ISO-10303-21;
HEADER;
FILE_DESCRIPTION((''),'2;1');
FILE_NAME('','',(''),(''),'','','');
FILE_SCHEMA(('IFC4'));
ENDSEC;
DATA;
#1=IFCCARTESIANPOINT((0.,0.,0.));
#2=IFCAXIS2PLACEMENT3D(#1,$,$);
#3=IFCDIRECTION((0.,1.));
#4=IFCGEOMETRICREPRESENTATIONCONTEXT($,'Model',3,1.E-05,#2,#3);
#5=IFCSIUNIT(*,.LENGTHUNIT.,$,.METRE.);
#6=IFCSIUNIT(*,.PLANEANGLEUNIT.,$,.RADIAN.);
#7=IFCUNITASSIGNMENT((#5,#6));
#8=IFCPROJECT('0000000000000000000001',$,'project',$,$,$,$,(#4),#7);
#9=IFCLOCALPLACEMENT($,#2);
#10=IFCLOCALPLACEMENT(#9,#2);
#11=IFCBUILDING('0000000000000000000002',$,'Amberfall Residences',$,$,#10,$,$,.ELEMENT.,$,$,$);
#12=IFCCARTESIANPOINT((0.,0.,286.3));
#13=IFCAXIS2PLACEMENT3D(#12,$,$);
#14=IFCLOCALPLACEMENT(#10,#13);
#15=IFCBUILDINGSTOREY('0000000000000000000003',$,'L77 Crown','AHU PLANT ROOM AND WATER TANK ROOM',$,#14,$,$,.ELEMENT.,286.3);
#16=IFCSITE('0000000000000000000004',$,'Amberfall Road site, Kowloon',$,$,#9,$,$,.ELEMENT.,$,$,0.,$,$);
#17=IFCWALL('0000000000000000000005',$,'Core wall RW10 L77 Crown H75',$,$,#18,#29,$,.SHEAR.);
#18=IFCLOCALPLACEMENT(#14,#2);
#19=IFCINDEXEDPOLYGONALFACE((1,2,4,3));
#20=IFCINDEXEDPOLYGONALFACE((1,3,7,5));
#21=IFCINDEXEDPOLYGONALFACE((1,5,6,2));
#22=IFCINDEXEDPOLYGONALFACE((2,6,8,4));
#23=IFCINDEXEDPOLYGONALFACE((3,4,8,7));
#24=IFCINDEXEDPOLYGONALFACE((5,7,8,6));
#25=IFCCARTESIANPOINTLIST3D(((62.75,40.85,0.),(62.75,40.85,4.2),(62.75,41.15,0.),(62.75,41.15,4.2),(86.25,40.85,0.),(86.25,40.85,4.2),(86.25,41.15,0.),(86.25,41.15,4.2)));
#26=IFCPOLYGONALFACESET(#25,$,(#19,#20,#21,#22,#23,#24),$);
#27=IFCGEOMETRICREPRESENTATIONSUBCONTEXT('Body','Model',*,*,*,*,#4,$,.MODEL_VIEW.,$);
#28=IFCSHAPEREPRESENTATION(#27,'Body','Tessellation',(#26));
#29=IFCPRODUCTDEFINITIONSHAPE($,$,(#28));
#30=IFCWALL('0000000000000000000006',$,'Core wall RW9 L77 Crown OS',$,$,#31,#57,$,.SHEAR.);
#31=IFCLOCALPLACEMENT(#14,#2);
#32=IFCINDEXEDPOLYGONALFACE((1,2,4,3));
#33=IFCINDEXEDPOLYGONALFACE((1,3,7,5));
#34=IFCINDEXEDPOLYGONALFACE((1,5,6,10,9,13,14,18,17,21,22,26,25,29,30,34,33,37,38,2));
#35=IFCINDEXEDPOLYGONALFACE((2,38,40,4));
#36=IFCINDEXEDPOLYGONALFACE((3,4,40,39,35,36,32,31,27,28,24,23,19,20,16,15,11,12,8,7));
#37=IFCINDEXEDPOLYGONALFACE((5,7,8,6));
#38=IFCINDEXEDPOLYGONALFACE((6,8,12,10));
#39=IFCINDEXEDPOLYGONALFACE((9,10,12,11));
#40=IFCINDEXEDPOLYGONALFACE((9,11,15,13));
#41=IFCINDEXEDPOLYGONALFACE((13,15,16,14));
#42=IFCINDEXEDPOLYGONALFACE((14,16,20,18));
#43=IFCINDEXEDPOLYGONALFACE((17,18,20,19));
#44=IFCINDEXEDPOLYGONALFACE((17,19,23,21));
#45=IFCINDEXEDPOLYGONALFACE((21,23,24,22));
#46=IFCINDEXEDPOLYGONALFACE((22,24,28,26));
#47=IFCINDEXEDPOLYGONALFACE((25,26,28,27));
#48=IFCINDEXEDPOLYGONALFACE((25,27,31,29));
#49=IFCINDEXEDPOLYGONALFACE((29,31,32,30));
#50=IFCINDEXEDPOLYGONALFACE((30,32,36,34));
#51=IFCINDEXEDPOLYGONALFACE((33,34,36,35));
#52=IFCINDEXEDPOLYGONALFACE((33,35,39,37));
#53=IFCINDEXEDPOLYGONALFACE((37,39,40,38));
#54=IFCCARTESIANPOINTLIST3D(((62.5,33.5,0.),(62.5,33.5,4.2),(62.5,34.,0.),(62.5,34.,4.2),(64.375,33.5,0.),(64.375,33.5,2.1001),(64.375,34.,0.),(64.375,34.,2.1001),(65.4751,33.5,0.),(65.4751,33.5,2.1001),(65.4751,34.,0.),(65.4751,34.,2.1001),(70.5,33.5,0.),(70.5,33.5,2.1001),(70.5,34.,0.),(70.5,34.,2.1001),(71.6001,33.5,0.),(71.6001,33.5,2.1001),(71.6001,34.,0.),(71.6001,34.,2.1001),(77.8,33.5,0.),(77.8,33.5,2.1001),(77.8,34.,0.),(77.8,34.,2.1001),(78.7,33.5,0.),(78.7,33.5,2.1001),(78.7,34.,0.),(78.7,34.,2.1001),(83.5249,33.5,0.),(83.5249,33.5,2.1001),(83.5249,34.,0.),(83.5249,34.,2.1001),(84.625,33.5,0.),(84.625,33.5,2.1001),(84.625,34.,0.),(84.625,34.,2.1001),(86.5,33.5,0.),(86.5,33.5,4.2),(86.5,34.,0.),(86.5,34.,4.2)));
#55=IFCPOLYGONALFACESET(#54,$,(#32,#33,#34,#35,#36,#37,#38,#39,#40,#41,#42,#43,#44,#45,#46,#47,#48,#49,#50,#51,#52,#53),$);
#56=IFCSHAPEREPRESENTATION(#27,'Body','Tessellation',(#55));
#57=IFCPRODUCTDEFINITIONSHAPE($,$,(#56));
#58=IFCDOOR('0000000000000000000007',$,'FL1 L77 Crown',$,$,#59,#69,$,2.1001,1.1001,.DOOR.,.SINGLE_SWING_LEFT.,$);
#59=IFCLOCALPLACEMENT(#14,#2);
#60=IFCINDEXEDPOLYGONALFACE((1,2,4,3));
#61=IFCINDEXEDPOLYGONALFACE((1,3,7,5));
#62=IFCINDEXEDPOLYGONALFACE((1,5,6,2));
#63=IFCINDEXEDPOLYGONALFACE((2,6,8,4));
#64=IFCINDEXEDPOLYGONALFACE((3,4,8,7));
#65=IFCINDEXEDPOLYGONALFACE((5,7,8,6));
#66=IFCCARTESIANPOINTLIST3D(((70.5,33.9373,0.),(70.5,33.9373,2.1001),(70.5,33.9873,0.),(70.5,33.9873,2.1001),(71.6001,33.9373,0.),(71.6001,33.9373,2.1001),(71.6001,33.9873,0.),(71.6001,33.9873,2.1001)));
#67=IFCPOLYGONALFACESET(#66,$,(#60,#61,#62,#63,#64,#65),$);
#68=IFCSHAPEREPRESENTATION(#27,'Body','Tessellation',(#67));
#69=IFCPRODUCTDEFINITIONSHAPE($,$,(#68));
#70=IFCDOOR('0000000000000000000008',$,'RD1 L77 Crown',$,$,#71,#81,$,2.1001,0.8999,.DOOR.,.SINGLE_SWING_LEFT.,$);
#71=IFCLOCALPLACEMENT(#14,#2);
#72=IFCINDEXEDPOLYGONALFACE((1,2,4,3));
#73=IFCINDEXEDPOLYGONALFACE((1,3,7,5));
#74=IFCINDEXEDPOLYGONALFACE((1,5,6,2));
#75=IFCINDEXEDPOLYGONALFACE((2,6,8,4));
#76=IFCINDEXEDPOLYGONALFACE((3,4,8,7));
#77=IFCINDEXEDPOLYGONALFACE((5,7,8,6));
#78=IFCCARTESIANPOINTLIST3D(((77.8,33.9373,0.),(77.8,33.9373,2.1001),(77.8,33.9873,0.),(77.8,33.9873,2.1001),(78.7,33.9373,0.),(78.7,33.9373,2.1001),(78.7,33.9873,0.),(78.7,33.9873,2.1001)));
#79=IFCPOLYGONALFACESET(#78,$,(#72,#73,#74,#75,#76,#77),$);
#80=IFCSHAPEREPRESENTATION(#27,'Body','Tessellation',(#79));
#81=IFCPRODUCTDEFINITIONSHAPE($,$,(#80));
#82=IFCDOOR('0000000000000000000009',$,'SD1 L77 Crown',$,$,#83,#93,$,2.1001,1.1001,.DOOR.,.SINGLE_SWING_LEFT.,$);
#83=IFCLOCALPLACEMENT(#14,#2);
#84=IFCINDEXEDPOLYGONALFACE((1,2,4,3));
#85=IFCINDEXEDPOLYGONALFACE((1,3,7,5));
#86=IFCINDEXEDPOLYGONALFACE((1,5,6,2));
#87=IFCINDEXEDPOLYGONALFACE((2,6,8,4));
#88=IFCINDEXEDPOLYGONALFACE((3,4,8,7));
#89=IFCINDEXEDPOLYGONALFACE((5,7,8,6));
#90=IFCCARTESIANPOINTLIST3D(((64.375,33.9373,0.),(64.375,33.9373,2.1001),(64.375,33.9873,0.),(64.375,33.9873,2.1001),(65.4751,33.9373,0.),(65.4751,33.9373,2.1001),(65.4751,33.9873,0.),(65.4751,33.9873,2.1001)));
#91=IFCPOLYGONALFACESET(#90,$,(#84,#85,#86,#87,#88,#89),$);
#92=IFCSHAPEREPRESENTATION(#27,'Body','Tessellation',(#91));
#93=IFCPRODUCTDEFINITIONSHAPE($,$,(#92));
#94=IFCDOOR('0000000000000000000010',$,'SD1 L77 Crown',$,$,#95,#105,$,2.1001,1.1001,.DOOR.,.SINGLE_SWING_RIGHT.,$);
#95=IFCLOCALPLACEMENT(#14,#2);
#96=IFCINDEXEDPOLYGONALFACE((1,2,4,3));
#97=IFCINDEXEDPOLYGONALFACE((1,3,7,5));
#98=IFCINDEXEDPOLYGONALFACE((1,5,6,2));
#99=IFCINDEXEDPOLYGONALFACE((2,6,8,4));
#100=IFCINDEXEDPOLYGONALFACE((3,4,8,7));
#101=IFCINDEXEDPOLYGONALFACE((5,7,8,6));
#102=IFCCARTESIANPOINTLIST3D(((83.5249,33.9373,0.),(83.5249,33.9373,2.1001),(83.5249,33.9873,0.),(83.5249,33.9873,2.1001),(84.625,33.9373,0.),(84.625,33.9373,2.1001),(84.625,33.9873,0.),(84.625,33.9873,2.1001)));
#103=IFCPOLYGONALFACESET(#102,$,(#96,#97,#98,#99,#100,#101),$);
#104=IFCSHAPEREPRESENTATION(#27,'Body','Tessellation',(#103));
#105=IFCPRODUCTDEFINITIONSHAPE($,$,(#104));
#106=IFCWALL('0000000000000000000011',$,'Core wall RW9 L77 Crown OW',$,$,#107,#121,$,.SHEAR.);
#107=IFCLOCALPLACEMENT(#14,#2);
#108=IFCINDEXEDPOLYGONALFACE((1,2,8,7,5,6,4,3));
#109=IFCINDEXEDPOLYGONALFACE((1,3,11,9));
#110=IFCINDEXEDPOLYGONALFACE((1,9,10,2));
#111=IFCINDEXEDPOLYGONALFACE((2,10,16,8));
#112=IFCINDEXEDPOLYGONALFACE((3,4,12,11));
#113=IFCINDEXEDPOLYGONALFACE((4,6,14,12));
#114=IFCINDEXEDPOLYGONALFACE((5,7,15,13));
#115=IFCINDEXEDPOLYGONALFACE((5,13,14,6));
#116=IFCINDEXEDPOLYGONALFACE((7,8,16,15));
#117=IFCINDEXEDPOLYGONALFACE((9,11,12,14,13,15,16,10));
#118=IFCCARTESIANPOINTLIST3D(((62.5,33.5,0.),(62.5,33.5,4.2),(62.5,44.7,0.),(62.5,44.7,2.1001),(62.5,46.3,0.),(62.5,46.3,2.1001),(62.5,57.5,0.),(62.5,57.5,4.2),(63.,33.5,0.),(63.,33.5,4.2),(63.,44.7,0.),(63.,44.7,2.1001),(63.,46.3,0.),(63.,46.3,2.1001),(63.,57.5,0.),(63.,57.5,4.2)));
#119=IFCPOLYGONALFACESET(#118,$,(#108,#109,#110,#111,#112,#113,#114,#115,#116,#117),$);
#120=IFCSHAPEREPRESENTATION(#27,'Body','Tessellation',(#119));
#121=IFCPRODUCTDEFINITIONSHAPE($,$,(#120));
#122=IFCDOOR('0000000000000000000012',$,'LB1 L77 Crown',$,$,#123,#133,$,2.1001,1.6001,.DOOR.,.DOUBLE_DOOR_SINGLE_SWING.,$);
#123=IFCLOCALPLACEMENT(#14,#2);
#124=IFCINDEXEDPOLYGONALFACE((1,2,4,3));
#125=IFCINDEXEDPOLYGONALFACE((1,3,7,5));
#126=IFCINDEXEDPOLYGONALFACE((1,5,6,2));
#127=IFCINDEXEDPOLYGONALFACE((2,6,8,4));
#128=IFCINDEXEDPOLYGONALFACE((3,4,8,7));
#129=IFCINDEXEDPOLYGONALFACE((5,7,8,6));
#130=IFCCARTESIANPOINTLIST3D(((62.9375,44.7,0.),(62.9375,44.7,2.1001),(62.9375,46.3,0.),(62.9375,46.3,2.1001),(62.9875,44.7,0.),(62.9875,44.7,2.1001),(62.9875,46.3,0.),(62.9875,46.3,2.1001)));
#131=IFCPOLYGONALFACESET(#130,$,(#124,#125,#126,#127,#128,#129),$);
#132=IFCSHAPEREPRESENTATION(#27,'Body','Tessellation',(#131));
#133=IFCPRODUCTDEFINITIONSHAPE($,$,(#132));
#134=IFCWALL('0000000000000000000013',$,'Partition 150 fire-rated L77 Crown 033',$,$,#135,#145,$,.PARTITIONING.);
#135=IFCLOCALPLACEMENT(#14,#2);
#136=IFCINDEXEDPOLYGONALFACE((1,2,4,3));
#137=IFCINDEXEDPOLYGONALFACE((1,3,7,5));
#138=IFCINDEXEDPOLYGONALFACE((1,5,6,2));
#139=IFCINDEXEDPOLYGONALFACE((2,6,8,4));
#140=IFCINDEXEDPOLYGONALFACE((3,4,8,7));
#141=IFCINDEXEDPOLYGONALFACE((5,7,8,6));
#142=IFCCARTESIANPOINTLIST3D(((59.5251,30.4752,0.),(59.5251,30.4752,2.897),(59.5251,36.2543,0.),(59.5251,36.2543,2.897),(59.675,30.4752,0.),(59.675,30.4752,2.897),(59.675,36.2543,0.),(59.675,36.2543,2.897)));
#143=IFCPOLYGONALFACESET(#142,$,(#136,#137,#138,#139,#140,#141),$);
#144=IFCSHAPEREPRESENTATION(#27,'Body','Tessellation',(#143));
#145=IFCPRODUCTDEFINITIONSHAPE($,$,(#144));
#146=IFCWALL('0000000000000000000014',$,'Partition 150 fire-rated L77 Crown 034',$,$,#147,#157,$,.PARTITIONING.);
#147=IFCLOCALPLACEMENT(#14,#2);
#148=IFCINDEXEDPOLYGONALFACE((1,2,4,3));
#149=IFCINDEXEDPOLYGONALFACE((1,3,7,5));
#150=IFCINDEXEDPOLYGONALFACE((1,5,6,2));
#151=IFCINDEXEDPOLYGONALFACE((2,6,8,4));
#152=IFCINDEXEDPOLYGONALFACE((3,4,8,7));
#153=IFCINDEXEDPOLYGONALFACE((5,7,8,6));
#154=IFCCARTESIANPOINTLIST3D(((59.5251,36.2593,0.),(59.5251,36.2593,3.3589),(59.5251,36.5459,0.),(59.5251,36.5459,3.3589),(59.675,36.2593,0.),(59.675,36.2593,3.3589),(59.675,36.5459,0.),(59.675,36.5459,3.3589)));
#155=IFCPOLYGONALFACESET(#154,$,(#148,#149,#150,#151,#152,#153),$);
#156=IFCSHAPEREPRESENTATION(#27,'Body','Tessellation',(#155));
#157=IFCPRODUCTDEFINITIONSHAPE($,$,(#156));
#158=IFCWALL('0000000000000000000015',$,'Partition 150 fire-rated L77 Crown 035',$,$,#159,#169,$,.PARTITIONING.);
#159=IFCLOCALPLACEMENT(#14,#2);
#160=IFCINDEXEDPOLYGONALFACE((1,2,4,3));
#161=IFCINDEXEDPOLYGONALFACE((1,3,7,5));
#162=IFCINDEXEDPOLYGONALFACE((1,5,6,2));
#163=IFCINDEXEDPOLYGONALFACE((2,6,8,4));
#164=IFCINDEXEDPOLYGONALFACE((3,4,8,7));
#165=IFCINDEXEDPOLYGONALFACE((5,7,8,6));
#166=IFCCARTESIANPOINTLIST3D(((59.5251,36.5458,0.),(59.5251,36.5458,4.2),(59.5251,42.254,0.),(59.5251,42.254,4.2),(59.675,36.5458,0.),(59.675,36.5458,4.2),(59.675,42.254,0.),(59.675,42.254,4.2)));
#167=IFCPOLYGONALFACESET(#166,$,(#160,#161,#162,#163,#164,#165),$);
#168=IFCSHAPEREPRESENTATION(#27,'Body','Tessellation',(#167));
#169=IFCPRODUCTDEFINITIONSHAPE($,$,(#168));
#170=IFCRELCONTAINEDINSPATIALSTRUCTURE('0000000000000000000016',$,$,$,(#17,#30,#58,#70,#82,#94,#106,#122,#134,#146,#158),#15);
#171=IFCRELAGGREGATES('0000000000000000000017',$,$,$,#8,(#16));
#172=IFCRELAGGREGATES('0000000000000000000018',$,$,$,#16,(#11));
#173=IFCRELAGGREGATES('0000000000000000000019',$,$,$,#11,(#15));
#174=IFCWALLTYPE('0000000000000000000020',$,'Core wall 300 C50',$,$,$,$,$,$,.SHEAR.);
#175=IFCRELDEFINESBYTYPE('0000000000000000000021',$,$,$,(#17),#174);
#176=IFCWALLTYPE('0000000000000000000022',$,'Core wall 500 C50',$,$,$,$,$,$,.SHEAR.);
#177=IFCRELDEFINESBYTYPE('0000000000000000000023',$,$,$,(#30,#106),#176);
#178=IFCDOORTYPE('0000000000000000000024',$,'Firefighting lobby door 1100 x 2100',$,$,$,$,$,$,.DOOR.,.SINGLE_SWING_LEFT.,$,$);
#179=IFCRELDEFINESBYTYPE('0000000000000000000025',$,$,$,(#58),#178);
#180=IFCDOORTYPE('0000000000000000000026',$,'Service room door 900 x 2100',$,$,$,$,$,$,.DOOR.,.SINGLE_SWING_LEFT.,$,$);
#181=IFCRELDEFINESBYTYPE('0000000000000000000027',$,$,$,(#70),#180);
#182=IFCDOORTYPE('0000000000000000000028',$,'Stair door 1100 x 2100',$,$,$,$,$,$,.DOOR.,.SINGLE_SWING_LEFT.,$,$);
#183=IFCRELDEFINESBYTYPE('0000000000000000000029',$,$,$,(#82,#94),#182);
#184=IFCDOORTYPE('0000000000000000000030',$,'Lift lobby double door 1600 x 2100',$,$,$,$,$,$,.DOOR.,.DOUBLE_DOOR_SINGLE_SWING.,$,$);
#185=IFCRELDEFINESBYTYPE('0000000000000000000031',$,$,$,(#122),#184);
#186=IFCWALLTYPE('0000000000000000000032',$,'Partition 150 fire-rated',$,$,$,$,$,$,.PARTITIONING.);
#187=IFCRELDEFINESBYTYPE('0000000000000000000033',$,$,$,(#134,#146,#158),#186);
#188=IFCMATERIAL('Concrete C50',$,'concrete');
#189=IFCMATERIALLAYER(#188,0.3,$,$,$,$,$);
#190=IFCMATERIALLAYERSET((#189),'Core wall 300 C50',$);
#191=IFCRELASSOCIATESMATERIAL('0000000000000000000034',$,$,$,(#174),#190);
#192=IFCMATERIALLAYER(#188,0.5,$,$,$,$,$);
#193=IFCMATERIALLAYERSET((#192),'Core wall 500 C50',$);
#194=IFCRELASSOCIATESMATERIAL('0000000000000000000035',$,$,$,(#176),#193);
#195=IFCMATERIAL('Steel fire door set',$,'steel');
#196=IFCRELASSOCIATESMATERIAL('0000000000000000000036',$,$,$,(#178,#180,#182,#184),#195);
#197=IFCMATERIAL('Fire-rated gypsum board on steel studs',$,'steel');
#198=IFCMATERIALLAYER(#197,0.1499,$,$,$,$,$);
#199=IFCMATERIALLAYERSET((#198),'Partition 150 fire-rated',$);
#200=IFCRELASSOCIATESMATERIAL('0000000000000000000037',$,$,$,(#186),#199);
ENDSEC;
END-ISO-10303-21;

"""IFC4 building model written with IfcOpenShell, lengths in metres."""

from ifc_helpers import new_model, si_unit, direction, frame, frame_2d, origin, place, context, subcontext, project, spatial, rectangle, extrude, material, layer, layer_set, type_object, element, fill, save


model = new_model("IFC4")

# Units and contexts
model_context = context("Model", 3, precision=1e-05, world=origin(), true_north=direction((0.0, 1.0)))
body_context = subcontext(model_context, "Body", "Model", "MODEL_VIEW")
ifc_project = project(units=[si_unit("LENGTHUNIT", "METRE"), si_unit("PLANEANGLEUNIT", "RADIAN")], contexts=[model_context])

# Site, building, storey
site_placement = place(None, origin())
site = spatial("IfcSite", under=ifc_project, at=site_placement, Name="Amberfall Road site, Kowloon", CompositionType="ELEMENT", RefElevation=0.0)
building_placement = place(site_placement, origin())
building = spatial("IfcBuilding", under=site, at=building_placement, Name="Amberfall Residences", CompositionType="ELEMENT")
storey_placement = place(building_placement, frame((0.0, 0.0, 286.3)))
storey = spatial("IfcBuildingStorey", under=building, at=storey_placement, Name="L77 Crown", Description="AHU PLANT ROOM AND WATER TANK ROOM", CompositionType="ELEMENT", Elevation=286.3)

# Wall
ifc_material_1 = material(Name="Concrete C50", Category="concrete")
ifc_layer_1 = layer(ifc_material_1, 0.3)
ifc_layer_set_1 = layer_set([ifc_layer_1], Name="Core wall 300 C50")
wall_type_1 = type_object("IfcWallType", Name="Core wall 300 C50", PredefinedType="SHEAR", material=ifc_layer_set_1)
wall_1_placement = place(storey_placement, frame((62.75, 41.0, 0.0), z_axis=(0.0, 0.0, 1.0), x_axis=(1.0, 0.0, 0.0)))
element("IfcWall", 1, at=wall_1_placement, inside=storey, type_object=wall_type_1, Name="Core wall RW10 L77 Crown H75", PredefinedType="SHEAR", context=body_context, shape_type="SweptSolid", body=[
    extrude(rectangle(XDim=23.5, YDim=0.3, at=frame_2d((11.75, 0.0))), origin(), (0.0, 0.0, 1.0), 4.2),
])

# Wall, openings, doors
ifc_layer_2 = layer(ifc_material_1, 0.5)
ifc_layer_set_2 = layer_set([ifc_layer_2], Name="Core wall 500 C50")
wall_type_2 = type_object("IfcWallType", Name="Core wall 500 C50", PredefinedType="SHEAR", material=ifc_layer_set_2)
wall_2_placement = place(storey_placement, frame((62.5, 33.75, 0.0), z_axis=(0.0, 0.0, 1.0), x_axis=(1.0, 0.0, 0.0)))
wall_2 = element("IfcWall", 2, at=wall_2_placement, inside=storey, type_object=wall_type_2, Name="Core wall RW9 L77 Crown OS", PredefinedType="SHEAR", context=body_context, shape_type="SweptSolid", body=[
    extrude(rectangle(XDim=24.0, YDim=0.5, at=frame_2d((12.0, 0.0))), origin(), (0.0, 0.0, 1.0), 4.2),
])
opening_1_placement = place(wall_2_placement, frame((1.875, 0.0, 0.0)))
opening_1 = element("IfcOpeningElement", 3, at=opening_1_placement, cuts=wall_2, PredefinedType="OPENING", context=body_context, shape_type="SweptSolid", body=[
    extrude(rectangle(XDim=1.1001, YDim=2.1001, at=frame_2d((0.55, 1.05))), frame((0.0, 0.26, 0.0), z_axis=(0.0, -1.0, 0.0), x_axis=(1.0, 0.0, 0.0)), (0.0, 0.0, 1.0), 0.52),
])
opening_2_placement = place(wall_2_placement, frame((21.0249, 0.0, 0.0)))
opening_2 = element("IfcOpeningElement", 4, at=opening_2_placement, cuts=wall_2, PredefinedType="OPENING", context=body_context, shape_type="SweptSolid", body=[
    extrude(rectangle(XDim=1.1001, YDim=2.1001, at=frame_2d((0.55, 1.05))), frame((0.0, 0.26, 0.0), z_axis=(0.0, -1.0, 0.0), x_axis=(1.0, 0.0, 0.0)), (0.0, 0.0, 1.0), 0.52),
])
opening_3_placement = place(wall_2_placement, frame((8.0, 0.0, 0.0)))
opening_3 = element("IfcOpeningElement", 5, at=opening_3_placement, cuts=wall_2, PredefinedType="OPENING", context=body_context, shape_type="SweptSolid", body=[
    extrude(rectangle(XDim=1.1001, YDim=2.1001, at=frame_2d((0.55, 1.05))), frame((0.0, 0.26, 0.0), z_axis=(0.0, -1.0, 0.0), x_axis=(1.0, 0.0, 0.0)), (0.0, 0.0, 1.0), 0.52),
])
opening_4_placement = place(wall_2_placement, frame((15.3, 0.0, 0.0)))
opening_4 = element("IfcOpeningElement", 6, at=opening_4_placement, cuts=wall_2, PredefinedType="OPENING", context=body_context, shape_type="SweptSolid", body=[
    extrude(rectangle(XDim=0.8999, YDim=2.1001, at=frame_2d((0.45, 1.05))), frame((0.0, 0.26, 0.0), z_axis=(0.0, -1.0, 0.0), x_axis=(1.0, 0.0, 0.0)), (0.0, 0.0, 1.0), 0.52),
])
ifc_material_2 = material(Name="Steel fire door set", Category="steel")
door_type_1 = type_object("IfcDoorType", Name="Firefighting lobby door 1100 x 2100", OperationType="SINGLE_SWING_LEFT", PredefinedType="DOOR", material=ifc_material_2)
door_1_placement = place(opening_3_placement, origin())
door_1 = element("IfcDoor", 7, at=door_1_placement, inside=storey, type_object=door_type_1, Name="FL1 L77 Crown", OperationType="SINGLE_SWING_LEFT", OverallHeight=2.1001, OverallWidth=1.1001, PredefinedType="DOOR", context=body_context, shape_type="SweptSolid", body=[
    extrude(rectangle(XDim=1.1001, YDim=2.1001, at=frame_2d((0.55, 1.05))), frame((0.0, 0.2373, 0.0), z_axis=(0.0, -1.0, 0.0), x_axis=(1.0, 0.0, 0.0)), (0.0, 0.0, 1.0), 0.05),
])
fill(opening_3, door_1)
door_type_2 = type_object("IfcDoorType", Name="Service room door 900 x 2100", OperationType="SINGLE_SWING_LEFT", PredefinedType="DOOR", material=ifc_material_2)
door_2_placement = place(opening_4_placement, origin())
door_2 = element("IfcDoor", 8, at=door_2_placement, inside=storey, type_object=door_type_2, Name="RD1 L77 Crown", OperationType="SINGLE_SWING_LEFT", OverallHeight=2.1001, OverallWidth=0.8999, PredefinedType="DOOR", context=body_context, shape_type="SweptSolid", body=[
    extrude(rectangle(XDim=0.8999, YDim=2.1001, at=frame_2d((0.45, 1.05))), frame((0.0, 0.2373, 0.0), z_axis=(0.0, -1.0, 0.0), x_axis=(1.0, 0.0, 0.0)), (0.0, 0.0, 1.0), 0.05),
])
fill(opening_4, door_2)
door_type_3 = type_object("IfcDoorType", Name="Stair door 1100 x 2100", OperationType="SINGLE_SWING_LEFT", PredefinedType="DOOR", material=ifc_material_2)
door_3_placement = place(opening_1_placement, origin())
door_3 = element("IfcDoor", 9, at=door_3_placement, inside=storey, type_object=door_type_3, Name="SD1 L77 Crown", OperationType="SINGLE_SWING_LEFT", OverallHeight=2.1001, OverallWidth=1.1001, PredefinedType="DOOR", context=body_context, shape_type="SweptSolid", body=[
    extrude(rectangle(XDim=1.1001, YDim=2.1001, at=frame_2d((0.55, 1.05))), frame((0.0, 0.2373, 0.0), z_axis=(0.0, -1.0, 0.0), x_axis=(1.0, 0.0, 0.0)), (0.0, 0.0, 1.0), 0.05),
])
fill(opening_1, door_3)
door_4_placement = place(opening_2_placement, origin())
door_4 = element("IfcDoor", 10, at=door_4_placement, inside=storey, type_object=door_type_3, Name="SD1 L77 Crown", OperationType="SINGLE_SWING_RIGHT", OverallHeight=2.1001, OverallWidth=1.1001, PredefinedType="DOOR", context=body_context, shape_type="SweptSolid", body=[
    extrude(rectangle(XDim=1.1001, YDim=2.1001, at=frame_2d((0.55, 1.05))), frame((0.0, 0.2373, 0.0), z_axis=(0.0, -1.0, 0.0), x_axis=(1.0, 0.0, 0.0)), (0.0, 0.0, 1.0), 0.05),
])
fill(opening_2, door_4)

# Wall, opening, door
wall_3_placement = place(storey_placement, frame((62.75, 33.5, 0.0), z_axis=(0.0, 0.0, 1.0), x_axis=(0.0, 1.0, 0.0)))
wall_3 = element("IfcWall", 11, at=wall_3_placement, inside=storey, type_object=wall_type_2, Name="Core wall RW9 L77 Crown OW", PredefinedType="SHEAR", context=body_context, shape_type="SweptSolid", body=[
    extrude(rectangle(XDim=24.0, YDim=0.5, at=frame_2d((12.0, 0.0))), origin(), (0.0, 0.0, 1.0), 4.2),
])
opening_5_placement = place(wall_3_placement, frame((11.2, 0.0, 0.0)))
opening_5 = element("IfcOpeningElement", 12, at=opening_5_placement, cuts=wall_3, PredefinedType="OPENING", context=body_context, shape_type="SweptSolid", body=[
    extrude(rectangle(XDim=1.6001, YDim=2.1001, at=frame_2d((0.8, 1.05))), frame((0.0, 0.26, 0.0), z_axis=(0.0, -1.0, 0.0), x_axis=(1.0, 0.0, 0.0)), (0.0, 0.0, 1.0), 0.52),
])
door_type_4 = type_object("IfcDoorType", Name="Lift lobby double door 1600 x 2100", OperationType="DOUBLE_DOOR_SINGLE_SWING", PredefinedType="DOOR", material=ifc_material_2)
door_5_placement = place(opening_5_placement, origin())
door_5 = element("IfcDoor", 13, at=door_5_placement, inside=storey, type_object=door_type_4, Name="LB1 L77 Crown", OperationType="DOUBLE_DOOR_SINGLE_SWING", OverallHeight=2.1001, OverallWidth=1.6001, PredefinedType="DOOR", context=body_context, shape_type="SweptSolid", body=[
    extrude(rectangle(XDim=1.6001, YDim=2.1001, at=frame_2d((0.8, 1.05))), frame((0.0, -0.1875, 0.0), z_axis=(0.0, -1.0, 0.0), x_axis=(1.0, 0.0, 0.0)), (0.0, 0.0, 1.0), 0.05),
])
fill(opening_5, door_5)

# Walls
ifc_material_3 = material(Name="Fire-rated gypsum board on steel studs", Category="steel")
ifc_layer_3 = layer(ifc_material_3, 0.1499)
ifc_layer_set_3 = layer_set([ifc_layer_3], Name="Partition 150 fire-rated")
wall_type_3 = type_object("IfcWallType", Name="Partition 150 fire-rated", PredefinedType="PARTITIONING", material=ifc_layer_set_3)
wall_4_placement = place(storey_placement, frame((59.6001, 30.4751, 0.0), z_axis=(0.0, 0.0, 1.0), x_axis=(0.0, 1.0, 0.0)))
element("IfcWall", 14, at=wall_4_placement, inside=storey, type_object=wall_type_3, Name="Partition 150 fire-rated L77 Crown 033", PredefinedType="PARTITIONING", context=body_context, shape_type="SweptSolid", body=[
    extrude(rectangle(XDim=5.7791, YDim=0.1499, at=frame_2d((2.8896, 0.0))), origin(), (0.0, 0.0, 1.0), 2.897),
])
wall_5_placement = place(storey_placement, frame((59.6001, 36.2593, 0.0), z_axis=(0.0, 0.0, 1.0), x_axis=(0.0, 1.0, 0.0)))
element("IfcWall", 15, at=wall_5_placement, inside=storey, type_object=wall_type_3, Name="Partition 150 fire-rated L77 Crown 034", PredefinedType="PARTITIONING", context=body_context, shape_type="SweptSolid", body=[
    extrude(rectangle(XDim=0.2866, YDim=0.1499, at=frame_2d((0.1433, 0.0))), origin(), (0.0, 0.0, 1.0), 3.3589),
])
wall_6_placement = place(storey_placement, frame((59.6001, 36.5459, 0.0), z_axis=(0.0, 0.0, 1.0), x_axis=(0.0, 1.0, 0.0)))
element("IfcWall", 16, at=wall_6_placement, inside=storey, type_object=wall_type_3, Name="Partition 150 fire-rated L77 Crown 035", PredefinedType="PARTITIONING", context=body_context, shape_type="SweptSolid", body=[
    extrude(rectangle(XDim=5.7083, YDim=0.1499, at=frame_2d((2.854, 0.0))), origin(), (0.0, 0.0, 1.0), 4.2),
])

save(model, "model.ifc")
